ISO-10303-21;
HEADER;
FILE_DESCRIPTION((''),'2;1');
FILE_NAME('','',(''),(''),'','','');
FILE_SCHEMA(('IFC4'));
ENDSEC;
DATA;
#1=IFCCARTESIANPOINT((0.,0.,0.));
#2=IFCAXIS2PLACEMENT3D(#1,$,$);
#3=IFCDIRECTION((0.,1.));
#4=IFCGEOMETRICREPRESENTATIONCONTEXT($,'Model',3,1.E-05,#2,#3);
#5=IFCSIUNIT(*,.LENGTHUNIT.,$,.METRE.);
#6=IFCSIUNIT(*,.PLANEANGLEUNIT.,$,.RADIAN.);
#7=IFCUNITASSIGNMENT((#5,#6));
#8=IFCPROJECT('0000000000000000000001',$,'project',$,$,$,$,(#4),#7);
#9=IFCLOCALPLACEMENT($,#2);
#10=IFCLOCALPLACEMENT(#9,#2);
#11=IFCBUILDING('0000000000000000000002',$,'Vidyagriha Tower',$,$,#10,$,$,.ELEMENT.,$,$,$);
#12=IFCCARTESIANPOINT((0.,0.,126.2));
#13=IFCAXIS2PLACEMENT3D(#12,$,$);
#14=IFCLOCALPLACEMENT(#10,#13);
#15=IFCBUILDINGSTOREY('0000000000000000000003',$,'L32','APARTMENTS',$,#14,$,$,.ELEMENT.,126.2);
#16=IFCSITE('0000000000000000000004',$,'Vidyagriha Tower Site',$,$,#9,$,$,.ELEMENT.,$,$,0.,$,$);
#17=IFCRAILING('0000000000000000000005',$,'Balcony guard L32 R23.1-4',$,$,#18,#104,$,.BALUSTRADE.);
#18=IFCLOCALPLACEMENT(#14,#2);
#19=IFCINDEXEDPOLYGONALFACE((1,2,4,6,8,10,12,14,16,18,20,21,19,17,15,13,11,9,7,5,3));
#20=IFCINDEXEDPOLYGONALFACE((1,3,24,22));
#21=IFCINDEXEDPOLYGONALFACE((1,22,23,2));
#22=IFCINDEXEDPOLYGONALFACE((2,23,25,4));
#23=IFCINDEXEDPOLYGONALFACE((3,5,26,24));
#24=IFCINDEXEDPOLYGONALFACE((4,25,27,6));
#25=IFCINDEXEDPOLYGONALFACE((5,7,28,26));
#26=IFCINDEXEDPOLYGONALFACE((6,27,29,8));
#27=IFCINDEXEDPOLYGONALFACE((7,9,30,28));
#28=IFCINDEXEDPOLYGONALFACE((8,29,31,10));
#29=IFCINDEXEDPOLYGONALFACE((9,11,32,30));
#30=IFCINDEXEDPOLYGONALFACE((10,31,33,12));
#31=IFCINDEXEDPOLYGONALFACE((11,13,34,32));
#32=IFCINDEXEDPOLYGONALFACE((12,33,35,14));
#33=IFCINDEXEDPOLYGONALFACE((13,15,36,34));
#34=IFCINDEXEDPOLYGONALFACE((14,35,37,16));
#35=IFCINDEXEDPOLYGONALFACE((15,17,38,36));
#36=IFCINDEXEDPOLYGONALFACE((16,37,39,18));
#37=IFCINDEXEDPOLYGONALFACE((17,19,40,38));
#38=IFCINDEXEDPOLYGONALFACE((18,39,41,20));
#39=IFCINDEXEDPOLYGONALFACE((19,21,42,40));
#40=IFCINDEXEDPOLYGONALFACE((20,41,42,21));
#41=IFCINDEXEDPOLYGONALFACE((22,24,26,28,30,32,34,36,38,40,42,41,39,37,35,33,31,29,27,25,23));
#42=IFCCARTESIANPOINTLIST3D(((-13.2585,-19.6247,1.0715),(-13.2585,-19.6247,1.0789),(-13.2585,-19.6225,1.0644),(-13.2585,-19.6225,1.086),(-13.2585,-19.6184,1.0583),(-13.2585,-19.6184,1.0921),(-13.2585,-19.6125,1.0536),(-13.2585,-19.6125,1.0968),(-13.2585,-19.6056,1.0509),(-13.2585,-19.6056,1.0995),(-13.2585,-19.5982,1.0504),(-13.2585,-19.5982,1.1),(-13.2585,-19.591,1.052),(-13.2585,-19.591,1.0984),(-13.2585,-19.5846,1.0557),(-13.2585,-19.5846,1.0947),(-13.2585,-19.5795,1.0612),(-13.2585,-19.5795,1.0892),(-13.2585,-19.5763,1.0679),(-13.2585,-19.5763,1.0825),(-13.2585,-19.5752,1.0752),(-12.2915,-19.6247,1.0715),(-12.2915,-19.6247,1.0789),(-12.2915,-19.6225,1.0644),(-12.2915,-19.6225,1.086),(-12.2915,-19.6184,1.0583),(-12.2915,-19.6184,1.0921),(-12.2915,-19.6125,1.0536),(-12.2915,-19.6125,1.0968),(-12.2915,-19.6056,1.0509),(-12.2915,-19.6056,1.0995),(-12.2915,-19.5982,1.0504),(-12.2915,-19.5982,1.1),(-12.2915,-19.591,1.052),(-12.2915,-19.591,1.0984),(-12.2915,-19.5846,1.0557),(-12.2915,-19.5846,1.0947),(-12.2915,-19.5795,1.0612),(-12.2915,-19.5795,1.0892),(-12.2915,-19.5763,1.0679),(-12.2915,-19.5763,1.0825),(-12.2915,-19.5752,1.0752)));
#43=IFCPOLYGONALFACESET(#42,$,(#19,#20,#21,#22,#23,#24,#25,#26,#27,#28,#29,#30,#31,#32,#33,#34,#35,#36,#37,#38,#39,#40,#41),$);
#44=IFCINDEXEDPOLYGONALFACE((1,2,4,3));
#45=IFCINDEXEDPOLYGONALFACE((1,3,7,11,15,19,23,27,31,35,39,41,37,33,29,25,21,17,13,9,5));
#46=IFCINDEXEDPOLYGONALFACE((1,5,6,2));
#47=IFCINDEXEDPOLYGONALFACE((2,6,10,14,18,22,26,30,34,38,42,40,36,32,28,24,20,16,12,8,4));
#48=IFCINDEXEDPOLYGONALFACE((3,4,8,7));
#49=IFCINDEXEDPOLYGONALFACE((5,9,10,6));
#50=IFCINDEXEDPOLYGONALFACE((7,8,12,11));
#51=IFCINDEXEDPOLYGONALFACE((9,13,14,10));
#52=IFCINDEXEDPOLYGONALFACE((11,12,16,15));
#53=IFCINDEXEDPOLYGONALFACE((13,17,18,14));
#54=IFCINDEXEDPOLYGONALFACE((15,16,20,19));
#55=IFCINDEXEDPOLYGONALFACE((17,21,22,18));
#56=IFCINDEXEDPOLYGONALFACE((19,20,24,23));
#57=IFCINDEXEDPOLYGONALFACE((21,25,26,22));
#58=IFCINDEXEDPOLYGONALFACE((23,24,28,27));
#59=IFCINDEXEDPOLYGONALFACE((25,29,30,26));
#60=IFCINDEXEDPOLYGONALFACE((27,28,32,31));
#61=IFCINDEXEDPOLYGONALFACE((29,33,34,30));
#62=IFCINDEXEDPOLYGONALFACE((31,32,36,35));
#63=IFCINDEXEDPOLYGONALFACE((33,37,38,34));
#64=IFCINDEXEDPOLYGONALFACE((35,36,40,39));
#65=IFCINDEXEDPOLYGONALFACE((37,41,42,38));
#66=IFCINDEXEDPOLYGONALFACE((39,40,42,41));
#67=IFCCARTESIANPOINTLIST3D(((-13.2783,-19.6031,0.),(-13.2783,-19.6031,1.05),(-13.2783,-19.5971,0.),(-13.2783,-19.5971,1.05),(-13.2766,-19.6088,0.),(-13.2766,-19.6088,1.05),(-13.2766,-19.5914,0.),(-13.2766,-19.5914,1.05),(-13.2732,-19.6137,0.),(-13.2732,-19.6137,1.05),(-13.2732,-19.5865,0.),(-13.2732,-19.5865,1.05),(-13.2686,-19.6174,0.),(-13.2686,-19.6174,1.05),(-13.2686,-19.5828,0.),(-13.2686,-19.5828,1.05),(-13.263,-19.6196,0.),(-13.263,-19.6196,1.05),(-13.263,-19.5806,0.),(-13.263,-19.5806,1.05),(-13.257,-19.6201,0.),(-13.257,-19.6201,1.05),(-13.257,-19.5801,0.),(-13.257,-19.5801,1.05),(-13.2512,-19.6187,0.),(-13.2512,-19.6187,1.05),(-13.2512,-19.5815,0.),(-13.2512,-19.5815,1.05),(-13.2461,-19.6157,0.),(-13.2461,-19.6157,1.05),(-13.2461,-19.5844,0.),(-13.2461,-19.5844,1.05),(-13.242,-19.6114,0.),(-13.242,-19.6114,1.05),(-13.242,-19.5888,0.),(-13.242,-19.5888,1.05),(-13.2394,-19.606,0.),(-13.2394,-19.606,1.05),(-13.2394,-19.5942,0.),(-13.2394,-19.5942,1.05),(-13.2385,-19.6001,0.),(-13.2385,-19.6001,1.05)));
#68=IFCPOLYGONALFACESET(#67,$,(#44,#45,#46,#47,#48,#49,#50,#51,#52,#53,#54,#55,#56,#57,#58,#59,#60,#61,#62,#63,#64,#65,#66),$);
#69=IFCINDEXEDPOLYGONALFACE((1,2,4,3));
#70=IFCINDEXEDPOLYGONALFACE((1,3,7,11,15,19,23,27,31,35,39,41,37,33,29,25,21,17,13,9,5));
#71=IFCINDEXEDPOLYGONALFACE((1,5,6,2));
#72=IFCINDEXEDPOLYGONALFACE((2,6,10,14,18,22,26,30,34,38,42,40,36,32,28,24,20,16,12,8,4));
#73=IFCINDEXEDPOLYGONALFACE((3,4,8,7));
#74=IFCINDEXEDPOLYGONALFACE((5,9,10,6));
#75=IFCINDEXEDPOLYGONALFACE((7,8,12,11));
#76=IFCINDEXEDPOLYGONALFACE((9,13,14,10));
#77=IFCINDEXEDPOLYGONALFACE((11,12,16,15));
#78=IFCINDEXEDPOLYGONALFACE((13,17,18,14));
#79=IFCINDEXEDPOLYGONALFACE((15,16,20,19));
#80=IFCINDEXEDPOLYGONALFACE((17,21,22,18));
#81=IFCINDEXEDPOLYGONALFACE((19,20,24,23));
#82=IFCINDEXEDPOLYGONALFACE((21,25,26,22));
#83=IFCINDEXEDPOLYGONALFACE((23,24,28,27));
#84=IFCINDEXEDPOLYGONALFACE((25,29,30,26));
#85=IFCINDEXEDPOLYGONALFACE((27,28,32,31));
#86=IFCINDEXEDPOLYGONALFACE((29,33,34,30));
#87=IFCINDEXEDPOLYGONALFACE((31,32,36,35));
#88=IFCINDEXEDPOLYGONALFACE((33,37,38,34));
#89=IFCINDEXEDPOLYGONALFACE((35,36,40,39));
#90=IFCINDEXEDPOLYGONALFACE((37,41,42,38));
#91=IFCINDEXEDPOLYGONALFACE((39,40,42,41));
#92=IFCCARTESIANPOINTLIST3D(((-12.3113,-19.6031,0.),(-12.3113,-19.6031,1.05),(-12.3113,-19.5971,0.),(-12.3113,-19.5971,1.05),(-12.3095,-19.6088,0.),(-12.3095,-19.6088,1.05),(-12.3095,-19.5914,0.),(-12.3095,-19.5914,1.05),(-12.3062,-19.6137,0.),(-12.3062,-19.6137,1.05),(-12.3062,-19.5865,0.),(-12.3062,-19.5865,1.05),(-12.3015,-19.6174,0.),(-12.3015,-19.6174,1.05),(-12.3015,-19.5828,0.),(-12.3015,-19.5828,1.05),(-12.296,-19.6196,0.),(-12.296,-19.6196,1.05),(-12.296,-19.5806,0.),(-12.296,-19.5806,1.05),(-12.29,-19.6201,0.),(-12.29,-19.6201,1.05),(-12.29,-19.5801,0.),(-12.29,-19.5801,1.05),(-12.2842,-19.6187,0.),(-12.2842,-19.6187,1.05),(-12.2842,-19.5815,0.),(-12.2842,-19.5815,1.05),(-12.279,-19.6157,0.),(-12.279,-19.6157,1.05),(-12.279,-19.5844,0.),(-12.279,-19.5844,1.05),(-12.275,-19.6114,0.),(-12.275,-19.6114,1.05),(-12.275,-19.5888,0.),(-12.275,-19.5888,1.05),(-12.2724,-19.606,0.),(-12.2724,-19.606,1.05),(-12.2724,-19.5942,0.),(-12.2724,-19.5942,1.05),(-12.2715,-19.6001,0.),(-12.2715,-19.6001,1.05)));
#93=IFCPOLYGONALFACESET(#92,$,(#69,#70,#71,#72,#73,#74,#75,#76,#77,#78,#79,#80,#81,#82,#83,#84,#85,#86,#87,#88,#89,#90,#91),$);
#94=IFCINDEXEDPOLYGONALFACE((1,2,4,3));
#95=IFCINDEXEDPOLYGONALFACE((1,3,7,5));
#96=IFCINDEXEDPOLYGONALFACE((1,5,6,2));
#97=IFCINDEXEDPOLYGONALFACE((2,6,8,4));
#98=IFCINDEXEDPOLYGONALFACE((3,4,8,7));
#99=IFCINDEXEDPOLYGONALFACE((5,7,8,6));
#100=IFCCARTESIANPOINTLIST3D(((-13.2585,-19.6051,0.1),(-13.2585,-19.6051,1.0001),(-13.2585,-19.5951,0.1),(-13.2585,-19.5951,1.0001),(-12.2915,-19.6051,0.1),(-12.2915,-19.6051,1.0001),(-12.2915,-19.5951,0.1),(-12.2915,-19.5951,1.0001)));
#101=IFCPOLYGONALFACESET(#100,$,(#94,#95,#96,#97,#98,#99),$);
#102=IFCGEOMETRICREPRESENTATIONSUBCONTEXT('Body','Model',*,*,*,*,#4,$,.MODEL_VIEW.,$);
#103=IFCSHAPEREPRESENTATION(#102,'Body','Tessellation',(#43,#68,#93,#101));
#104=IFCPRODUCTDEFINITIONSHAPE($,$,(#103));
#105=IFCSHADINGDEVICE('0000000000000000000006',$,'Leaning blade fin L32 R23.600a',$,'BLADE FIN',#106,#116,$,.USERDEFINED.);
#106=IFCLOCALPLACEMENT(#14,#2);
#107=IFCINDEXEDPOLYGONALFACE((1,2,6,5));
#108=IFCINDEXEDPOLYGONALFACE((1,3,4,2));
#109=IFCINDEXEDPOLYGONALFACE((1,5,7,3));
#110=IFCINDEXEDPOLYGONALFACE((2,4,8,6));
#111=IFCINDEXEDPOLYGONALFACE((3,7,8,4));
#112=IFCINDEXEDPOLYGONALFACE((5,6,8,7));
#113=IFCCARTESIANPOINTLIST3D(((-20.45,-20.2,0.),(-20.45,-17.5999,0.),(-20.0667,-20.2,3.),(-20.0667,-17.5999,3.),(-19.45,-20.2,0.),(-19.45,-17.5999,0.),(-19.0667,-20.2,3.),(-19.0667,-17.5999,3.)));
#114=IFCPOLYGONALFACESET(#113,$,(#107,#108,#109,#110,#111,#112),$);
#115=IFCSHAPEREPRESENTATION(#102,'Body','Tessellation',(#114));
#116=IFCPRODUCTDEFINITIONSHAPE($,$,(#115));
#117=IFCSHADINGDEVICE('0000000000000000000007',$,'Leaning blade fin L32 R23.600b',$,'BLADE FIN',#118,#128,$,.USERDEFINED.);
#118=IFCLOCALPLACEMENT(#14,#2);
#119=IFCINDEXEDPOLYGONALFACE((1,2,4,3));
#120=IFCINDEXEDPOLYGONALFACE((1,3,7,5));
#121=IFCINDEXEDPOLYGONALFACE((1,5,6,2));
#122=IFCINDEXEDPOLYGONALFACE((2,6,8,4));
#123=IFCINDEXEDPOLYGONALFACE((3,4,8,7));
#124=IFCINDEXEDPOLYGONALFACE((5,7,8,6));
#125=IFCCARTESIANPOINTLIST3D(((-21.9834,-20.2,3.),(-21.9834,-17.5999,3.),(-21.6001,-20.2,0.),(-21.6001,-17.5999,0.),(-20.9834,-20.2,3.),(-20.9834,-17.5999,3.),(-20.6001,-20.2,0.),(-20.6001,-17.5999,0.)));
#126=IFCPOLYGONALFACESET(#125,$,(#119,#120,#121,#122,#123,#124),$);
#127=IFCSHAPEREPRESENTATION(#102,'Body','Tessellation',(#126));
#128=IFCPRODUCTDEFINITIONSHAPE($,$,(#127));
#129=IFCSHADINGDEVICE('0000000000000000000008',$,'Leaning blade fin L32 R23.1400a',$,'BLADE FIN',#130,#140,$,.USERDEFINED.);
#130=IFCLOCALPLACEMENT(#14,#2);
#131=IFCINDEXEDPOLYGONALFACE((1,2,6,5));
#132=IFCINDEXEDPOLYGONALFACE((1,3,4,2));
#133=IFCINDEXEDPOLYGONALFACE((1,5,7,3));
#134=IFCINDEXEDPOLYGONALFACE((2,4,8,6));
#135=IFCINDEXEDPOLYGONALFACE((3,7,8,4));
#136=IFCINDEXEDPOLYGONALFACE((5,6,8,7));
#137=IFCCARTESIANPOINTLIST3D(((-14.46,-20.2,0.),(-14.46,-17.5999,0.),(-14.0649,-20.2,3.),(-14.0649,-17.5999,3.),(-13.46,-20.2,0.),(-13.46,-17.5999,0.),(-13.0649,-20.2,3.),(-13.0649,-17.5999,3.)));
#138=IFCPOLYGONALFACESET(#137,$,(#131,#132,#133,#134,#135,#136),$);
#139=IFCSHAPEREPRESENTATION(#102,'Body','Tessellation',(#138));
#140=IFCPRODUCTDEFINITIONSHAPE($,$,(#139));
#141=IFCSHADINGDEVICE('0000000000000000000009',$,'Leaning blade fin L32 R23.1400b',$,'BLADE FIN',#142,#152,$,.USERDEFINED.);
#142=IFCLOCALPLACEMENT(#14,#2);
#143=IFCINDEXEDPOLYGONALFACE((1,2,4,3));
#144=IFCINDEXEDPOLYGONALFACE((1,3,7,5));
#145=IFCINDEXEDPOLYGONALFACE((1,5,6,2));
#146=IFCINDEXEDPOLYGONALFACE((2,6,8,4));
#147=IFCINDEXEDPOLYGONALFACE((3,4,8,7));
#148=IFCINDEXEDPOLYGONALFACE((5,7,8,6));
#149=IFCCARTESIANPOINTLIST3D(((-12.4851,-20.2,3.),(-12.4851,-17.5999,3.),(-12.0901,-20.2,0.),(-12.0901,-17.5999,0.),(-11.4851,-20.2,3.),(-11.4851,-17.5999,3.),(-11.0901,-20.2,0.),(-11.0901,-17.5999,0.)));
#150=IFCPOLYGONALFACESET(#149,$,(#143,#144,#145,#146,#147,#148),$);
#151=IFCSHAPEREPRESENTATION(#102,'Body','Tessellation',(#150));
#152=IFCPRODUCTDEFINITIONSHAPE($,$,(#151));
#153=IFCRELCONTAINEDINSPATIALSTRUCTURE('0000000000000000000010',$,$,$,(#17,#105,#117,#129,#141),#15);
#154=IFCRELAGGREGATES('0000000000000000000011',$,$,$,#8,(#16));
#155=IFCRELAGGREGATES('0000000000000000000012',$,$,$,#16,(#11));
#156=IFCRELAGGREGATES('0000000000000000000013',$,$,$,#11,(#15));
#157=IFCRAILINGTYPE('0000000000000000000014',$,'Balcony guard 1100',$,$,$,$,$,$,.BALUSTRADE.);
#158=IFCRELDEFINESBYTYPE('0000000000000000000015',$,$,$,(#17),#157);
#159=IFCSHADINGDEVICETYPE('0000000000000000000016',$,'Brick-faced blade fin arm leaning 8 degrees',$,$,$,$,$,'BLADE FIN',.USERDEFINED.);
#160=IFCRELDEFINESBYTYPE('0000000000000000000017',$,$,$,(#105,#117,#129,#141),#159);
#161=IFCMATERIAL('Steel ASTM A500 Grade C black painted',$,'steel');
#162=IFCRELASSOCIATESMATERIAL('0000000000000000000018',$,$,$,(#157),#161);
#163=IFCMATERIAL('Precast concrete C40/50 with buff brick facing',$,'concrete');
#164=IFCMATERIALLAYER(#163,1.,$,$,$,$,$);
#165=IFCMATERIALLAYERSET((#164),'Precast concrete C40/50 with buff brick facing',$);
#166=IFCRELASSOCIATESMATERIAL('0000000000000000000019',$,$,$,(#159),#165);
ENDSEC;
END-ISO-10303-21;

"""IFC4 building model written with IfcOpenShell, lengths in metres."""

from ifc_helpers import new_model, si_unit, direction, frame, origin, origin_2d, place, context, subcontext, project, spatial, polyline, rectangle, circle, outline, extrude, material, layer, layer_set, type_object, element, save


model = new_model("IFC4")

# Units and contexts
model_context = context("Model", 3, precision=1e-05, world=origin(), true_north=direction((0.0, 1.0)))
body_context = subcontext(model_context, "Body", "Model", "MODEL_VIEW")
ifc_project = project(units=[si_unit("LENGTHUNIT", "METRE"), si_unit("PLANEANGLEUNIT", "RADIAN")], contexts=[model_context])

# Site, building, storey
site_placement = place(None, origin())
site = spatial("IfcSite", under=ifc_project, at=site_placement, Name="Vidyagriha Tower Site", CompositionType="ELEMENT", RefElevation=0.0)
building_placement = place(site_placement, origin())
building = spatial("IfcBuilding", under=site, at=building_placement, Name="Vidyagriha Tower", CompositionType="ELEMENT")
storey_placement = place(building_placement, frame((0.0, 0.0, 126.2)))
storey = spatial("IfcBuildingStorey", under=building, at=storey_placement, Name="L32", Description="APARTMENTS", CompositionType="ELEMENT", Elevation=126.2)

# Railing
ifc_material_1 = material(Name="Steel ASTM A500 Grade C black painted", Category="steel")
railing_type = type_object("IfcRailingType", Name="Balcony guard 1100", PredefinedType="BALUSTRADE", material=ifc_material_1)
railing_1_placement = place(storey_placement, frame((-13.2585, -19.6001, 0.0)))
element("IfcRailing", 1, at=railing_1_placement, inside=storey, type_object=railing_type, Name="Balcony guard L32 R23.1-4", PredefinedType="BALUSTRADE", context=body_context, shape_type="SweptSolid", body=[
    extrude(circle(Radius=0.0249, at=origin_2d()), frame((0.0, 0.0, 1.0752), z_axis=(1.0, 0.0, 0.0), x_axis=(0.0, 1.0, 0.0)), (0.0, 0.0, 1.0), 0.967),
    extrude(circle(Radius=0.02, at=origin_2d()), origin(), (0.0, 0.0, 1.0), 1.05),
    extrude(circle(Radius=0.02, at=origin_2d()), frame((0.967, 0.0, 0.0)), (0.0, 0.0, 1.0), 1.05),
    extrude(rectangle(XDim=0.01, YDim=0.9001, at=origin_2d()), frame((0.0, 0.0, 0.55), z_axis=(1.0, 0.0, 0.0), x_axis=(0.0, 1.0, 0.0)), (0.0, 0.0, 1.0), 0.967),
])

# Shading devices
ifc_material_2 = material(Name="Precast concrete C40/50 with buff brick facing", Category="concrete")
ifc_layer_1 = layer(ifc_material_2, 1.0)
ifc_layer_set_1 = layer_set([ifc_layer_1], Name="Precast concrete C40/50 with buff brick facing")
shading_device_type = type_object("IfcShadingDeviceType", Name="Brick-faced blade fin arm leaning 8 degrees", ElementType="BLADE FIN", PredefinedType="USERDEFINED", material=ifc_layer_set_1)
shading_device_1_placement = place(storey_placement, frame((-20.45, -18.8999, 0.0)))
element("IfcShadingDevice", 2, at=shading_device_1_placement, inside=storey, type_object=shading_device_type, Name="Leaning blade fin L32 R23.600a", ObjectType="BLADE FIN", PredefinedType="USERDEFINED", context=body_context, shape_type="SweptSolid", body=[
    extrude(outline(polyline([(0.0, 0.0), (1.0, 0.0), (1.3833, 3.0), (0.3833, 3.0), (0.0, 0.0)])), frame((0.0, 1.3, 0.0), z_axis=(0.0, -1.0, 0.0), x_axis=(1.0, 0.0, 0.0)), (0.0, 0.0, 1.0), 2.6001),
])
shading_device_2_placement = place(storey_placement, frame((-21.9834, -18.8999, 0.0)))
element("IfcShadingDevice", 3, at=shading_device_2_placement, inside=storey, type_object=shading_device_type, Name="Leaning blade fin L32 R23.600b", ObjectType="BLADE FIN", PredefinedType="USERDEFINED", context=body_context, shape_type="SweptSolid", body=[
    extrude(outline(polyline([(0.3833, 0.0), (1.3833, 0.0), (1.0, 3.0), (0.0, 3.0), (0.3833, 0.0)])), frame((0.0, 1.3, 0.0), z_axis=(0.0, -1.0, 0.0), x_axis=(1.0, 0.0, 0.0)), (0.0, 0.0, 1.0), 2.6001),
])
shading_device_3_placement = place(storey_placement, frame((-14.46, -18.8999, 0.0)))
element("IfcShadingDevice", 4, at=shading_device_3_placement, inside=storey, type_object=shading_device_type, Name="Leaning blade fin L32 R23.1400a", ObjectType="BLADE FIN", PredefinedType="USERDEFINED", context=body_context, shape_type="SweptSolid", body=[
    extrude(outline(polyline([(0.0, 0.0), (1.0, 0.0), (1.395, 3.0), (0.395, 3.0), (0.0, 0.0)])), frame((0.0, 1.3, 0.0), z_axis=(0.0, -1.0, 0.0), x_axis=(1.0, 0.0, 0.0)), (0.0, 0.0, 1.0), 2.6001),
])
shading_device_4_placement = place(storey_placement, frame((-12.4851, -18.8999, 0.0)))
element("IfcShadingDevice", 5, at=shading_device_4_placement, inside=storey, type_object=shading_device_type, Name="Leaning blade fin L32 R23.1400b", ObjectType="BLADE FIN", PredefinedType="USERDEFINED", context=body_context, shape_type="SweptSolid", body=[
    extrude(outline(polyline([(0.395, 0.0), (1.395, 0.0), (1.0, 3.0), (0.0, 3.0), (0.395, 0.0)])), frame((0.0, 1.3, 0.0), z_axis=(0.0, -1.0, 0.0), x_axis=(1.0, 0.0, 0.0)), (0.0, 0.0, 1.0), 2.6001),
])

save(model, "model.ifc")
